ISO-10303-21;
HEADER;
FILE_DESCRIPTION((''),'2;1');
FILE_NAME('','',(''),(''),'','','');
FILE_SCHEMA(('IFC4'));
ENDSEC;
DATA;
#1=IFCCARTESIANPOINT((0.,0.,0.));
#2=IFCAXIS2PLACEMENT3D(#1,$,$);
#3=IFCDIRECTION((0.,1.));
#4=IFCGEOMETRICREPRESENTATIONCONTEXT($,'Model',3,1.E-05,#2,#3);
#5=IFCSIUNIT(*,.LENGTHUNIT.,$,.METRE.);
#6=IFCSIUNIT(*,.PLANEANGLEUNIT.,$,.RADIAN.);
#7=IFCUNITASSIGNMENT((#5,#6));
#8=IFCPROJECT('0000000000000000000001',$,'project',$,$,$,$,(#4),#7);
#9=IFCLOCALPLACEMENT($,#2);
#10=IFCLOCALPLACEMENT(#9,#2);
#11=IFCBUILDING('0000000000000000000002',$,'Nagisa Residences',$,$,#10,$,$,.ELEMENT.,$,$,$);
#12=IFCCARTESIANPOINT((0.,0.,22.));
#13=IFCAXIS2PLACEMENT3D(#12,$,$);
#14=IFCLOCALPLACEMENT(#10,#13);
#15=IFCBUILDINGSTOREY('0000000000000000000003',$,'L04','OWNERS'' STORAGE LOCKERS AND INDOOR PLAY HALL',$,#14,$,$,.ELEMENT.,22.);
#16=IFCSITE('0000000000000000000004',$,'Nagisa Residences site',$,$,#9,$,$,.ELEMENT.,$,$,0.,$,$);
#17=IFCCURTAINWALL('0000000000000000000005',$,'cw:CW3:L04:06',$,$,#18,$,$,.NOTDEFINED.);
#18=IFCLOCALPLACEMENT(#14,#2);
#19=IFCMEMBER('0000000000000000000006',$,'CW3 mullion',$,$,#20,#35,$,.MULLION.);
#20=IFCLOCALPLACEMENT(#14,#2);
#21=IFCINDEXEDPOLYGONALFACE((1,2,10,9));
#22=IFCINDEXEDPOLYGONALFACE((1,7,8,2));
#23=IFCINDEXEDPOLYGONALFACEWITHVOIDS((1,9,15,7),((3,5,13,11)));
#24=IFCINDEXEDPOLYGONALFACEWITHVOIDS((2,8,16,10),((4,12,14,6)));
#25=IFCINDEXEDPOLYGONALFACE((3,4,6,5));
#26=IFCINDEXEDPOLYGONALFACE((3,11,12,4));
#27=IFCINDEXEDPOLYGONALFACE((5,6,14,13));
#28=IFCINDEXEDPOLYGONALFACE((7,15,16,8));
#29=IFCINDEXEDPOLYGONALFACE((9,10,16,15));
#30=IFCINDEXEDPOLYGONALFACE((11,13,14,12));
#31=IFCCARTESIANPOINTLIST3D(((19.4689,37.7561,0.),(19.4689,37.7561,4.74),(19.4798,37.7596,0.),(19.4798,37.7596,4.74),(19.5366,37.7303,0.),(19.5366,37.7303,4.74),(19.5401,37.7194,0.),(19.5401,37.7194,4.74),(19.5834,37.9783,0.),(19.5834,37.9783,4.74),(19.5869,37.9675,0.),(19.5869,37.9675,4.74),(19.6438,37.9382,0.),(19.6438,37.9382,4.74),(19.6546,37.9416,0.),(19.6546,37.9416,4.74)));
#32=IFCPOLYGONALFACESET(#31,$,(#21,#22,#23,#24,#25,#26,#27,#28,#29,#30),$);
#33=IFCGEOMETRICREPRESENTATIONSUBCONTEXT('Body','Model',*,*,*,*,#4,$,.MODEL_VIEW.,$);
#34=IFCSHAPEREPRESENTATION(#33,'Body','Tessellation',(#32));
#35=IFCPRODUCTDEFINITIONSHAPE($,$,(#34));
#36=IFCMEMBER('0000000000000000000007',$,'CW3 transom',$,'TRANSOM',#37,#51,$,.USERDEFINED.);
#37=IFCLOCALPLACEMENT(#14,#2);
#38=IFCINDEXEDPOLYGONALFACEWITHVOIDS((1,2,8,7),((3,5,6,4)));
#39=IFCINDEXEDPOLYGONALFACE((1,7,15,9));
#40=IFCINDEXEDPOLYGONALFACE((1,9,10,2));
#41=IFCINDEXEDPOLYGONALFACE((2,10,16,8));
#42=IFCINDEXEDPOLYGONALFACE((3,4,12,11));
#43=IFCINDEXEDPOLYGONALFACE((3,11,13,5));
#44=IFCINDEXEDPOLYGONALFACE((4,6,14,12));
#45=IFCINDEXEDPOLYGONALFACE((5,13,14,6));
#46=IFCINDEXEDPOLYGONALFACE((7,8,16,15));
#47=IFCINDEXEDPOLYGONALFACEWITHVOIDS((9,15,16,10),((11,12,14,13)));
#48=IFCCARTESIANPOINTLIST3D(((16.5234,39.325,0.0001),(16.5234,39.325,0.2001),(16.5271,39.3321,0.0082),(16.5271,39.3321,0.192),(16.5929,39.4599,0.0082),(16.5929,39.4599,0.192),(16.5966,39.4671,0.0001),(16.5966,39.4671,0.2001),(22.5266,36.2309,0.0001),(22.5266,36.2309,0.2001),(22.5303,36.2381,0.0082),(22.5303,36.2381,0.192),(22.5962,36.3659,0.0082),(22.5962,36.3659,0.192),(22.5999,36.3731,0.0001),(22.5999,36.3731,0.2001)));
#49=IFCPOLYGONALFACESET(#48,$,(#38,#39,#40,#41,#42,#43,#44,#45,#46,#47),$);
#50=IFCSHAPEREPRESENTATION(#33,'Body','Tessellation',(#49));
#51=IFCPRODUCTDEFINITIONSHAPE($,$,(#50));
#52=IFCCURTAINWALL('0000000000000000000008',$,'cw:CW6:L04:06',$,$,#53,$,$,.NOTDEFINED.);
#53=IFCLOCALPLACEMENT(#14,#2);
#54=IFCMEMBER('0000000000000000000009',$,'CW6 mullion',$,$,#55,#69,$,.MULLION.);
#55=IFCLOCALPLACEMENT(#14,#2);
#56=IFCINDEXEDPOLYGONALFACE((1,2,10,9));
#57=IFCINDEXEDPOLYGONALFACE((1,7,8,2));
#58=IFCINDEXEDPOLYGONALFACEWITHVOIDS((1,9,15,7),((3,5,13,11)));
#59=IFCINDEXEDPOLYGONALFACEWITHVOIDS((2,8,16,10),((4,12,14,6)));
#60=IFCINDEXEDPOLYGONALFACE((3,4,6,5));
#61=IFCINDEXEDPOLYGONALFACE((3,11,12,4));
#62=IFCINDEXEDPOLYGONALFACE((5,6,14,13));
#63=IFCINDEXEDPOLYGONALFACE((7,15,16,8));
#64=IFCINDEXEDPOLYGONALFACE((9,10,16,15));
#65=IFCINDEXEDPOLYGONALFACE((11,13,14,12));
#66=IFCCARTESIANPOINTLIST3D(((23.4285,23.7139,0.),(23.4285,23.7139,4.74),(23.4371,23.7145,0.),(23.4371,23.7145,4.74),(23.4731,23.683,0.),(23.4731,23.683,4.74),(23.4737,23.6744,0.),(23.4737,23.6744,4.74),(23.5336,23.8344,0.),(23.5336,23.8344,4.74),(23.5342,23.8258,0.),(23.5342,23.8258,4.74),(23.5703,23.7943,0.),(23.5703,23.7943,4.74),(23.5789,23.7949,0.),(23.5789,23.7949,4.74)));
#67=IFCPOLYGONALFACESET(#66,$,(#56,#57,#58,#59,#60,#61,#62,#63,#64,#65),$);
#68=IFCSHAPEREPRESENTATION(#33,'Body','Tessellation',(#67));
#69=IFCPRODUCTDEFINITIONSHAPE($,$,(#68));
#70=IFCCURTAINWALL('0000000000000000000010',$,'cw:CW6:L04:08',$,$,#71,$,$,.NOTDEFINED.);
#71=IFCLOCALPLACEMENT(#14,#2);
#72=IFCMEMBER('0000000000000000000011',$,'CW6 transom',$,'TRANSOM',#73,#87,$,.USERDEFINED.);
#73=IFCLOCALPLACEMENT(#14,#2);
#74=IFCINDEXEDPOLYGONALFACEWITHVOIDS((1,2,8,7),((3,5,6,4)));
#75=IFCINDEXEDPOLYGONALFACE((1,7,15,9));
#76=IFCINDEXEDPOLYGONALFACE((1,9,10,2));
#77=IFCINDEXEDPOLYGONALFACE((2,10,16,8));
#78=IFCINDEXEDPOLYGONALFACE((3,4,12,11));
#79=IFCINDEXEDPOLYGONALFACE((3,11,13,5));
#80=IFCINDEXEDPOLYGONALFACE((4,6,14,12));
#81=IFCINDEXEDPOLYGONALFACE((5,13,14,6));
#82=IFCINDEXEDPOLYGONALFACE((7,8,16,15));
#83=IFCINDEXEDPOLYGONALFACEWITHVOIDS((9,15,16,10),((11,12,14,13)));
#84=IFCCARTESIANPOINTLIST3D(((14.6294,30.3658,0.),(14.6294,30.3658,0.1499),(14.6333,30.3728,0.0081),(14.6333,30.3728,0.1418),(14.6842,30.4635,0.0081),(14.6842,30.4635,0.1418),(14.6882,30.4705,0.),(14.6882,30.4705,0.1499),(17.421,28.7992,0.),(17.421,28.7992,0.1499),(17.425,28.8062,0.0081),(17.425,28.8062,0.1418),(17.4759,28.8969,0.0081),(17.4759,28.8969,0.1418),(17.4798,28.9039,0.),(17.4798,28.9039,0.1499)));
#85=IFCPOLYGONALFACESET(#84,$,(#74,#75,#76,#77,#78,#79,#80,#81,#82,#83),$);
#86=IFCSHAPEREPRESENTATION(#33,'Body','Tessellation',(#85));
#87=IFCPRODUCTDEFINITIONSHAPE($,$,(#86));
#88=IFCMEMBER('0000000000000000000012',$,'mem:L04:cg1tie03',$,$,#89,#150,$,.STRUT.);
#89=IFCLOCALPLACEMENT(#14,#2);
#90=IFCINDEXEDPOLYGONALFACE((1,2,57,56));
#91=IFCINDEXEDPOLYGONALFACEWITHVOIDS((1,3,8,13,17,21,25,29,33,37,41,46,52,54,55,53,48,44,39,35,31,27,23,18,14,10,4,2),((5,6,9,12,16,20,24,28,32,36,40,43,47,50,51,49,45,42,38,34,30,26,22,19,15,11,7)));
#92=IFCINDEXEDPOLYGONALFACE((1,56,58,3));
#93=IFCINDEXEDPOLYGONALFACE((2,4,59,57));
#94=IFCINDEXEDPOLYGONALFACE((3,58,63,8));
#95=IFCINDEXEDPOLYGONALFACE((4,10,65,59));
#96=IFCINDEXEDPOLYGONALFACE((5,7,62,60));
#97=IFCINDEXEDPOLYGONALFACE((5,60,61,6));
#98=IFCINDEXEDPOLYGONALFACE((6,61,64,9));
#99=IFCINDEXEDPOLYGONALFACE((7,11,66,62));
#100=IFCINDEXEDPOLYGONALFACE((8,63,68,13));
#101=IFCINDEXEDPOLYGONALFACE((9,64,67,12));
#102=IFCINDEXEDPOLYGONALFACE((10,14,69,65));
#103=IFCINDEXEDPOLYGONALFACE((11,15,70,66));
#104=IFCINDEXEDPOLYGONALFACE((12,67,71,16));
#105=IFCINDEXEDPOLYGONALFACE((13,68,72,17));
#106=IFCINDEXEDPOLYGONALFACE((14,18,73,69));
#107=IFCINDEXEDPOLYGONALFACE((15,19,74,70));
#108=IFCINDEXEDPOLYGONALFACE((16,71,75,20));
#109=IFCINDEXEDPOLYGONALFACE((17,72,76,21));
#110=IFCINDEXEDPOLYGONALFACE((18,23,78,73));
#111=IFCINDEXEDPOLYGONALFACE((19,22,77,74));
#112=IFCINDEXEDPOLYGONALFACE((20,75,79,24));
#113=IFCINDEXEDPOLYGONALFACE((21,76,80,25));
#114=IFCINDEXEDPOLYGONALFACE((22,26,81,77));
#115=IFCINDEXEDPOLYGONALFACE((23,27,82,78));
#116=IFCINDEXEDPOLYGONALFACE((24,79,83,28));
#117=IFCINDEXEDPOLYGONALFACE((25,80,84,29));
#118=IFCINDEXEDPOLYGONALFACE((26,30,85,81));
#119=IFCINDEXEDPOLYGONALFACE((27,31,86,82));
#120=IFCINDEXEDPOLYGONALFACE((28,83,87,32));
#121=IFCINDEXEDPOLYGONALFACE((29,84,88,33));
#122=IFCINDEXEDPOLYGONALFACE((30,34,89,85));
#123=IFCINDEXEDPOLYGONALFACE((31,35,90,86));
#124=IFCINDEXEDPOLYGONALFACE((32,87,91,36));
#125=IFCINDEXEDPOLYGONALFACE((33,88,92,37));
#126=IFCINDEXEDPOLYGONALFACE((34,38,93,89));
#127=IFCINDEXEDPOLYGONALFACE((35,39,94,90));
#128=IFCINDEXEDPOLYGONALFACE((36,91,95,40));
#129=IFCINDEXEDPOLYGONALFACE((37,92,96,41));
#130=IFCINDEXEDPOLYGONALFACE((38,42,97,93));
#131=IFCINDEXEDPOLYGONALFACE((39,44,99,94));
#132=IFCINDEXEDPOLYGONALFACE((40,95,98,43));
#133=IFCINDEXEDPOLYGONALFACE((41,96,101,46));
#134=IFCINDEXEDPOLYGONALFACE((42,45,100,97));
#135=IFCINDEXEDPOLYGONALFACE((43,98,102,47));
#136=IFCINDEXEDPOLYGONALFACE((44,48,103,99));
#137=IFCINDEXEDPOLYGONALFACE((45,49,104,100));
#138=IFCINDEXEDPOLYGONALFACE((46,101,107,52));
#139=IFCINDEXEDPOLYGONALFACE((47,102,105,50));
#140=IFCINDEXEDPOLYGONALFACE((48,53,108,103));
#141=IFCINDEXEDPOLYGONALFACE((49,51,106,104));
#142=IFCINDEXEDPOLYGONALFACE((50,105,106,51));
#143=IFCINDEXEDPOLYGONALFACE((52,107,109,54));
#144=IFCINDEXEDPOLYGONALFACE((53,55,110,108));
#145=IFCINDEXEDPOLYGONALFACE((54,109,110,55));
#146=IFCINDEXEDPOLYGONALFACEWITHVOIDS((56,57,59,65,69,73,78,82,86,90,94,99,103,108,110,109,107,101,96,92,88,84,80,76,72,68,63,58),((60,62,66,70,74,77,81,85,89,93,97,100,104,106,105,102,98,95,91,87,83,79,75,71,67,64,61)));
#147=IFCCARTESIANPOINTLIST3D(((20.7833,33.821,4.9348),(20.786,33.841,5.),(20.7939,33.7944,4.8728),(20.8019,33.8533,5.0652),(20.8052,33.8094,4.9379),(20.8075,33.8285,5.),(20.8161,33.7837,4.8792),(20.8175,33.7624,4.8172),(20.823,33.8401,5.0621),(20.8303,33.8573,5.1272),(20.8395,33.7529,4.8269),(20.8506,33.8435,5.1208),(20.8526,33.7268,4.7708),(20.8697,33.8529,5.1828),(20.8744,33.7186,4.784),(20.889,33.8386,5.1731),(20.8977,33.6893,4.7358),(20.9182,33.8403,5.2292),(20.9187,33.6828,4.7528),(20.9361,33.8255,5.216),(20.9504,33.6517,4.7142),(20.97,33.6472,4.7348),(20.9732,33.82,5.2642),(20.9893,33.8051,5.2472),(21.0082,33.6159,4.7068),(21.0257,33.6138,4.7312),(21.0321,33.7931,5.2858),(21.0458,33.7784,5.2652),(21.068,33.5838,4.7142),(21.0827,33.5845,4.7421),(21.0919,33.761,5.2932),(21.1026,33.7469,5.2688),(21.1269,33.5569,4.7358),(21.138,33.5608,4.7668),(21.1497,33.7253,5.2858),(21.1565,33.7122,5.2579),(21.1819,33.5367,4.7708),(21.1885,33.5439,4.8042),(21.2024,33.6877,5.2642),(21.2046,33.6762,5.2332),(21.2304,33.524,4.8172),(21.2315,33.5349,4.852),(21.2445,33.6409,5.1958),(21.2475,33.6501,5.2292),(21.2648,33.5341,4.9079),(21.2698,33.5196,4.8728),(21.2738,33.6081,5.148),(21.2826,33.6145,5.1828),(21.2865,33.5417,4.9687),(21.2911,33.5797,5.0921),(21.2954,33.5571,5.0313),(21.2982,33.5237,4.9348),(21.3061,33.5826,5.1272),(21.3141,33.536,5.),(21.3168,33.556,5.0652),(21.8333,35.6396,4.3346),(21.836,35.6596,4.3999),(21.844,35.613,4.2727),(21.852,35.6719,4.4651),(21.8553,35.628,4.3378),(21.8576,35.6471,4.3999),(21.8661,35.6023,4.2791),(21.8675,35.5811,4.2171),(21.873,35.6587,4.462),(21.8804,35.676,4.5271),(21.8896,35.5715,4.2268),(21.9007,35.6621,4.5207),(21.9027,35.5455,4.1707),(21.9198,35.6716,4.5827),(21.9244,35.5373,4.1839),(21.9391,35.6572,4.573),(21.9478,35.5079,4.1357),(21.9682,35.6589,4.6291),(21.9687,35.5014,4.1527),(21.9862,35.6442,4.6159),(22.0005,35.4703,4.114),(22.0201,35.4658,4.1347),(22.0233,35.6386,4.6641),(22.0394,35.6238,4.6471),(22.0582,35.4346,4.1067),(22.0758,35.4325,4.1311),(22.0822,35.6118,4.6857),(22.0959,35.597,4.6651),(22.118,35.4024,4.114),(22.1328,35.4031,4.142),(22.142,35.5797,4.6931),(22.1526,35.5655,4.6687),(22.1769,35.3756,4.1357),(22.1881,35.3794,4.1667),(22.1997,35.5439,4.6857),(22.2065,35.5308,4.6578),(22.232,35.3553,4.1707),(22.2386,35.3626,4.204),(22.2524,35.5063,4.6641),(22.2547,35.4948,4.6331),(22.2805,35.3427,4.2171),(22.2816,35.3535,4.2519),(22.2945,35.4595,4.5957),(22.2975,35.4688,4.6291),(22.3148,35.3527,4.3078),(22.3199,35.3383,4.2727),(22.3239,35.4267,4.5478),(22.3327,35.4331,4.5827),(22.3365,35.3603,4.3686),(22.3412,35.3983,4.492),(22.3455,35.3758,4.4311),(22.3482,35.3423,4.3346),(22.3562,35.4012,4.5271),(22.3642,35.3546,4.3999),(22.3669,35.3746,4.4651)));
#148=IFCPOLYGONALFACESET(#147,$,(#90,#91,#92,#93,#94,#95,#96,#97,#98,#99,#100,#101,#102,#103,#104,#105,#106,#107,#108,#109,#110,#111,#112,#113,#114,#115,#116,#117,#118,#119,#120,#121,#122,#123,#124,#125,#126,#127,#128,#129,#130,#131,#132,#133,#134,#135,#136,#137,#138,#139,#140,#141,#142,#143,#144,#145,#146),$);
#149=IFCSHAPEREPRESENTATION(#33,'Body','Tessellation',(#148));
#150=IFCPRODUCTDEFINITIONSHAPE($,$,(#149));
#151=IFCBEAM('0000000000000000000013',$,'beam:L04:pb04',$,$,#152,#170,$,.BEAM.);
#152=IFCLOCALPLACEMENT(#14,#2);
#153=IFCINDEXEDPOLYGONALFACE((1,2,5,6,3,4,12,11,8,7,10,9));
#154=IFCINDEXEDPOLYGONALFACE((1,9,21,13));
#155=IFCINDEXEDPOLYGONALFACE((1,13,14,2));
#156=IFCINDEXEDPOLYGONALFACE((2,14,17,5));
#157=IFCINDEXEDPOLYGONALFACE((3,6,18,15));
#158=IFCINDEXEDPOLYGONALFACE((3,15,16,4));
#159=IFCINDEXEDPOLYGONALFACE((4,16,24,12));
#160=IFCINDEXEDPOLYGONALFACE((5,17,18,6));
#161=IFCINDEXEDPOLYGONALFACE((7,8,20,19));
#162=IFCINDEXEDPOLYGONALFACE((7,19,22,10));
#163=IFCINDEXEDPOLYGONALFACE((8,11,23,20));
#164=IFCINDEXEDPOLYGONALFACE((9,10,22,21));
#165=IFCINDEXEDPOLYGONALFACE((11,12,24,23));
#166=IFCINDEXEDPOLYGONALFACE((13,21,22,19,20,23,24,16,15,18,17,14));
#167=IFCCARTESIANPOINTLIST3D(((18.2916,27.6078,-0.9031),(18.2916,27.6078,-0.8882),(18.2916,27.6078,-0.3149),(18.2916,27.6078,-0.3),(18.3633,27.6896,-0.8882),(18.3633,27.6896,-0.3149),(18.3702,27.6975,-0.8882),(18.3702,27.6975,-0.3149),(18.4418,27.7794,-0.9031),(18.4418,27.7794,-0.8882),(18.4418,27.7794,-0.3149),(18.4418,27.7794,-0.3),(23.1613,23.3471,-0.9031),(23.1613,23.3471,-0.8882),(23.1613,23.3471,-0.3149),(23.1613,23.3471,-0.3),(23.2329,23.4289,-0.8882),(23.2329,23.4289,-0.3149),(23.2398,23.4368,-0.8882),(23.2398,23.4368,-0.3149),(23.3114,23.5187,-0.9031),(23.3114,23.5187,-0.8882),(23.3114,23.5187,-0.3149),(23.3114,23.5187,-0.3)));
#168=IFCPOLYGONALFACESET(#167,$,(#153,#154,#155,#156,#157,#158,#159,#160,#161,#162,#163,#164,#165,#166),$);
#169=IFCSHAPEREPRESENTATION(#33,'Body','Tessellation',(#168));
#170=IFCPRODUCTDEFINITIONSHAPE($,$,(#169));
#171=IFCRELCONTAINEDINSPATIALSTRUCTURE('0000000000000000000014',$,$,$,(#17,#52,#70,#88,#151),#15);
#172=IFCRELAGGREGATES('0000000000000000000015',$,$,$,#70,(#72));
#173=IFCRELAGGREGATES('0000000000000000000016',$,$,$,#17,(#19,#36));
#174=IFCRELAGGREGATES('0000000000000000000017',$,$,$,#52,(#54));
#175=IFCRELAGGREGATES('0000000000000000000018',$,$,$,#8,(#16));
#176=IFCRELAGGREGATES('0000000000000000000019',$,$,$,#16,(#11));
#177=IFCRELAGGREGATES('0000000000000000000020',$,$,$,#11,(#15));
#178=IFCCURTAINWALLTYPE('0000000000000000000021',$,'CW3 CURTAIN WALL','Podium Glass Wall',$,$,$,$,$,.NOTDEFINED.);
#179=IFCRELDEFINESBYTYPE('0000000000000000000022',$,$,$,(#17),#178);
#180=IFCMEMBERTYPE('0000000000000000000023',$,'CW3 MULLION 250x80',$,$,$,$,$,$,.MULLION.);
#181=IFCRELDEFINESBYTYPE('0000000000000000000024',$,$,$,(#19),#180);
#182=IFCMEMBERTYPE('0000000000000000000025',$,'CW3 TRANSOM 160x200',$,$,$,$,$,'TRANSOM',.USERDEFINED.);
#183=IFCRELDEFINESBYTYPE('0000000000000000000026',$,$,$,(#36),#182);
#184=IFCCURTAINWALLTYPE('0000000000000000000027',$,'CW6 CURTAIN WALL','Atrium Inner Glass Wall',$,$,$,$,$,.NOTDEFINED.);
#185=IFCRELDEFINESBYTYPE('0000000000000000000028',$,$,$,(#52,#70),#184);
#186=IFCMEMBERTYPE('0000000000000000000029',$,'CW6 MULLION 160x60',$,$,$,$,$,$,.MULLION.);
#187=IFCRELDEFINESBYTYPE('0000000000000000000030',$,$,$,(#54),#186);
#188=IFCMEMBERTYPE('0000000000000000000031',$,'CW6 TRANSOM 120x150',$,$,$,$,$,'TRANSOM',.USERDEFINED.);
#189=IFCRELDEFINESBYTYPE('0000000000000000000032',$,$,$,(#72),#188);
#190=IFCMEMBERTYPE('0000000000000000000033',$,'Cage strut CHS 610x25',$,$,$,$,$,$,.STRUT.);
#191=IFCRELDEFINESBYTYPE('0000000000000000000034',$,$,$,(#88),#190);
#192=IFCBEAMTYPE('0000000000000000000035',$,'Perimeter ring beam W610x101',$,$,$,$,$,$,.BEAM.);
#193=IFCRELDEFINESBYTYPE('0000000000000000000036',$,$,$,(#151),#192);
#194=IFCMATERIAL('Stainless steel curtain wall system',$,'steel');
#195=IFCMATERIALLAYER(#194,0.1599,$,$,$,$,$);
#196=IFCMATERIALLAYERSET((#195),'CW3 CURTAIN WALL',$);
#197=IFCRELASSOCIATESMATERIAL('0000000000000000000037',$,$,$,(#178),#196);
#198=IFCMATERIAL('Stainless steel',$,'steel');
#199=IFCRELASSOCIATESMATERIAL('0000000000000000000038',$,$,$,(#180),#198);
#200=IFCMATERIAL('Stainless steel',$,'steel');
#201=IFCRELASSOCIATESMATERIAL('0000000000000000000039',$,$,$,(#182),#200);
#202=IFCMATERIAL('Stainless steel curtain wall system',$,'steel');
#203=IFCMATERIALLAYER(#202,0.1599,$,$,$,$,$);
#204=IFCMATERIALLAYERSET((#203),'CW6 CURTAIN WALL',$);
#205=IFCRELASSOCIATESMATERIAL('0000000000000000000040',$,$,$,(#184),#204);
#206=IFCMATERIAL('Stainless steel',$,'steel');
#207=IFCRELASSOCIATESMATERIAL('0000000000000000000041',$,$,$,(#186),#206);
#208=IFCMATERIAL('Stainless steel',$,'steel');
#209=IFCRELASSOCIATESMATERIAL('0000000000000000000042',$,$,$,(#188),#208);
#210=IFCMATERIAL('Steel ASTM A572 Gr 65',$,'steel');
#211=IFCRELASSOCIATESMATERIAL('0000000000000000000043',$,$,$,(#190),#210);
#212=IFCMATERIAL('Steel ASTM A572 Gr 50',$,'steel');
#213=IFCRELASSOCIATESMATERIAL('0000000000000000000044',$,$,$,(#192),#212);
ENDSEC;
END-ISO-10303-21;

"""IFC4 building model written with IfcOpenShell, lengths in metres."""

from ifc_helpers import new_model, si_unit, direction, frame, origin, origin_2d, place, context, subcontext, project, spatial, hollow_rectangle, hollow_circle, i_section, extrude, material, layer, layer_set, material_profile, profile_set, type_object, element, aggregate, save


model = new_model("IFC4")

# Units and contexts
model_context = context("Model", 3, precision=1e-05, world=origin(), true_north=direction((0.0, 1.0)))
body_context = subcontext(model_context, "Body", "Model", "MODEL_VIEW")
ifc_project = project(units=[si_unit("LENGTHUNIT", "METRE"), si_unit("PLANEANGLEUNIT", "RADIAN")], contexts=[model_context])

# Site, building, storey
site_placement = place(None, origin())
site = spatial("IfcSite", under=ifc_project, at=site_placement, Name="Nagisa Residences site", CompositionType="ELEMENT", RefElevation=0.0)
building_placement = place(site_placement, origin())
building = spatial("IfcBuilding", under=site, at=building_placement, Name="Nagisa Residences", CompositionType="ELEMENT")
storey_placement = place(building_placement, frame((0.0, 0.0, 22.0)))
storey = spatial("IfcBuildingStorey", under=building, at=storey_placement, Name="L04", Description="OWNERS' STORAGE LOCKERS AND INDOOR PLAY HALL", CompositionType="ELEMENT", Elevation=22.0)

# Shared definitions
ifc_material_1 = material(Name="Stainless steel curtain wall system", Category="steel")
ifc_layer_1 = layer(ifc_material_1, 0.1599)
ifc_layer_set_1 = layer_set([ifc_layer_1], Name="CW3 CURTAIN WALL")
curtain_wall_type_1 = type_object("IfcCurtainWallType", Name="CW3 CURTAIN WALL", Description="Podium Glass Wall", PredefinedType="NOTDEFINED", material=ifc_layer_set_1)
ifc_material_2 = material(Name="Stainless steel", Category="steel")
ifc_material_profile_1 = material_profile(ifc_material_2, hollow_rectangle(XDim=0.25, YDim=0.0801, WallThickness=0.0081, at=origin_2d()), Name="CW3 MULLION 250x80")
ifc_profile_set_1 = profile_set([ifc_material_profile_1], Name="Stainless steel")
member_type_1 = type_object("IfcMemberType", Name="CW3 MULLION 250x80", PredefinedType="MULLION", material=ifc_profile_set_1)

# Curtain wall, members
curtain_wall_1_placement = place(storey_placement, origin())
curtain_wall_1 = element("IfcCurtainWall", 1, at=curtain_wall_1_placement, inside=storey, type_object=curtain_wall_type_1, Name="cw:CW3:L04:06", PredefinedType="NOTDEFINED")
member_1_placement = place(storey_placement, frame((19.5618, 37.8489, 0.0), z_axis=(0.0, 0.0, 1.0), x_axis=(-0.458126, -0.888887, 0.0)))
member_1 = element("IfcMember", 2, at=member_1_placement, type_object=member_type_1, Name="CW3 mullion", PredefinedType="MULLION", context=body_context, shape_type="SweptSolid", body=[
    extrude(hollow_rectangle(XDim=0.25, YDim=0.0801, WallThickness=0.0081, at=origin_2d()), origin(), (0.0, 0.0, 1.0), 4.74),
])
ifc_material_3 = material(Name="Stainless steel", Category="steel")
ifc_material_profile_2 = material_profile(ifc_material_3, hollow_rectangle(XDim=0.1599, YDim=0.2, WallThickness=0.0081, at=origin_2d()), Name="CW3 TRANSOM 160x200")
ifc_profile_set_2 = profile_set([ifc_material_profile_2], Name="Stainless steel")
member_type_2 = type_object("IfcMemberType", Name="CW3 TRANSOM 160x200", ElementType="TRANSOM", PredefinedType="USERDEFINED", material=ifc_profile_set_2)
member_2_placement = place(storey_placement, frame((22.5632, 36.302, 0.1001), z_axis=(-0.888887, 0.458126, 0.0), x_axis=(-0.458126, -0.888887, 0.0)))
member_2 = element("IfcMember", 3, at=member_2_placement, type_object=member_type_2, Name="CW3 transom", ObjectType="TRANSOM", PredefinedType="USERDEFINED", context=body_context, shape_type="SweptSolid", body=[
    extrude(hollow_rectangle(XDim=0.1599, YDim=0.2, WallThickness=0.0081, at=origin_2d()), origin(), (0.0, 0.0, 1.0), 6.7537),
])

# Curtain walls, members
ifc_material_4 = material(Name="Stainless steel curtain wall system", Category="steel")
ifc_layer_2 = layer(ifc_material_4, 0.1599)
ifc_layer_set_2 = layer_set([ifc_layer_2], Name="CW6 CURTAIN WALL")
curtain_wall_type_2 = type_object("IfcCurtainWallType", Name="CW6 CURTAIN WALL", Description="Atrium Inner Glass Wall", PredefinedType="NOTDEFINED", material=ifc_layer_set_2)
curtain_wall_2_placement = place(storey_placement, origin())
curtain_wall_2 = element("IfcCurtainWall", 4, at=curtain_wall_2_placement, inside=storey, type_object=curtain_wall_type_2, Name="cw:CW6:L04:06", PredefinedType="NOTDEFINED")
ifc_material_5 = material(Name="Stainless steel", Category="steel")
ifc_material_profile_3 = material_profile(ifc_material_5, hollow_rectangle(XDim=0.1599, YDim=0.0601, WallThickness=0.0061, at=origin_2d()), Name="CW6 MULLION 160x60")
ifc_profile_set_3 = profile_set([ifc_material_profile_3], Name="Stainless steel")
member_type_3 = type_object("IfcMemberType", Name="CW6 MULLION 160x60", PredefinedType="MULLION", material=ifc_profile_set_3)
member_3_placement = place(storey_placement, frame((23.5037, 23.7544, 0.0), z_axis=(0.0, 0.0, 1.0), x_axis=(-0.657721, -0.753261, 0.0)))
member_3 = element("IfcMember", 5, at=member_3_placement, type_object=member_type_3, Name="CW6 mullion", PredefinedType="MULLION", context=body_context, shape_type="SweptSolid", body=[
    extrude(hollow_rectangle(XDim=0.1599, YDim=0.0601, WallThickness=0.0061, at=origin_2d()), origin(), (0.0, 0.0, 1.0), 4.74),
])
curtain_wall_3_placement = place(storey_placement, origin())
curtain_wall_3 = element("IfcCurtainWall", 6, at=curtain_wall_3_placement, inside=storey, type_object=curtain_wall_type_2, Name="cw:CW6:L04:08", PredefinedType="NOTDEFINED")
ifc_material_6 = material(Name="Stainless steel", Category="steel")
ifc_material_profile_4 = material_profile(ifc_material_6, hollow_rectangle(XDim=0.1201, YDim=0.1499, WallThickness=0.0081, at=origin_2d()), Name="CW6 TRANSOM 120x150")
ifc_profile_set_4 = profile_set([ifc_material_profile_4], Name="Stainless steel")
member_type_4 = type_object("IfcMemberType", Name="CW6 TRANSOM 120x150", ElementType="TRANSOM", PredefinedType="USERDEFINED", material=ifc_profile_set_4)
member_4_placement = place(storey_placement, frame((17.4504, 28.8516, 0.075), z_axis=(-0.87207, 0.489381, 0.0), x_axis=(-0.489381, -0.87207, 0.0)))
member_4 = element("IfcMember", 7, at=member_4_placement, type_object=member_type_4, Name="CW6 transom", ObjectType="TRANSOM", PredefinedType="USERDEFINED", context=body_context, shape_type="SweptSolid", body=[
    extrude(hollow_rectangle(XDim=0.1201, YDim=0.1499, WallThickness=0.0081, at=origin_2d()), origin(), (0.0, 0.0, 1.0), 3.2012),
])
aggregate(curtain_wall_3, [member_4])

# Member
ifc_material_7 = material(Name="Steel ASTM A572 Gr 65", Category="steel")
ifc_material_profile_5 = material_profile(ifc_material_7, hollow_circle(Radius=0.3049, WallThickness=0.0249, at=origin_2d()), Name="CHS 610x25")
ifc_profile_set_5 = profile_set([ifc_material_profile_5], Name="Steel ASTM A572 Gr 65")
member_type_5 = type_object("IfcMemberType", Name="Cage strut CHS 610x25", PredefinedType="STRUT", material=ifc_profile_set_5)
member_5_placement = place(storey_placement, frame((21.05, 33.6885, 5.0), z_axis=(0.480782, 0.832678, -0.274765), x_axis=(-0.866009, 0.500028, 0.0)))
element("IfcMember", 8, at=member_5_placement, inside=storey, type_object=member_type_5, Name="mem:L04:cg1tie03", PredefinedType="STRUT", context=body_context, shape_type="SweptSolid", body=[
    extrude(hollow_circle(Radius=0.3049, WallThickness=0.0249, at=origin_2d()), origin(), (0.0, 0.0, 1.0), 2.1841),
])

# Beam
ifc_material_8 = material(Name="Steel ASTM A572 Gr 50", Category="steel")
ifc_material_profile_6 = material_profile(ifc_material_8, i_section(OverallWidth=0.228, OverallDepth=0.603, WebThickness=0.0105, FlangeThickness=0.0149, at=origin_2d()), Name="W610x101")
ifc_profile_set_6 = profile_set([ifc_material_profile_6], Name="Steel ASTM A572 Gr 50")
beam_type_1 = type_object("IfcBeamType", Name="Perimeter ring beam W610x101", PredefinedType="BEAM", material=ifc_profile_set_6)
beam_1_placement = place(storey_placement, frame((23.2363, 23.4329, -0.6016), z_axis=(-0.752591, 0.658489, 0.0), x_axis=(-0.658489, -0.752591, 0.0)))
element("IfcBeam", 9, at=beam_1_placement, inside=storey, type_object=beam_type_1, Name="beam:L04:pb04", PredefinedType="BEAM", context=body_context, shape_type="SweptSolid", body=[
    extrude(i_section(OverallWidth=0.228, OverallDepth=0.603, WebThickness=0.0105, FlangeThickness=0.0149, at=origin_2d()), origin(), (0.0, 0.0, 1.0), 6.4705),
])

aggregate(curtain_wall_1, [member_1, member_2])
aggregate(curtain_wall_2, [member_3])

save(model, "model.ifc")
